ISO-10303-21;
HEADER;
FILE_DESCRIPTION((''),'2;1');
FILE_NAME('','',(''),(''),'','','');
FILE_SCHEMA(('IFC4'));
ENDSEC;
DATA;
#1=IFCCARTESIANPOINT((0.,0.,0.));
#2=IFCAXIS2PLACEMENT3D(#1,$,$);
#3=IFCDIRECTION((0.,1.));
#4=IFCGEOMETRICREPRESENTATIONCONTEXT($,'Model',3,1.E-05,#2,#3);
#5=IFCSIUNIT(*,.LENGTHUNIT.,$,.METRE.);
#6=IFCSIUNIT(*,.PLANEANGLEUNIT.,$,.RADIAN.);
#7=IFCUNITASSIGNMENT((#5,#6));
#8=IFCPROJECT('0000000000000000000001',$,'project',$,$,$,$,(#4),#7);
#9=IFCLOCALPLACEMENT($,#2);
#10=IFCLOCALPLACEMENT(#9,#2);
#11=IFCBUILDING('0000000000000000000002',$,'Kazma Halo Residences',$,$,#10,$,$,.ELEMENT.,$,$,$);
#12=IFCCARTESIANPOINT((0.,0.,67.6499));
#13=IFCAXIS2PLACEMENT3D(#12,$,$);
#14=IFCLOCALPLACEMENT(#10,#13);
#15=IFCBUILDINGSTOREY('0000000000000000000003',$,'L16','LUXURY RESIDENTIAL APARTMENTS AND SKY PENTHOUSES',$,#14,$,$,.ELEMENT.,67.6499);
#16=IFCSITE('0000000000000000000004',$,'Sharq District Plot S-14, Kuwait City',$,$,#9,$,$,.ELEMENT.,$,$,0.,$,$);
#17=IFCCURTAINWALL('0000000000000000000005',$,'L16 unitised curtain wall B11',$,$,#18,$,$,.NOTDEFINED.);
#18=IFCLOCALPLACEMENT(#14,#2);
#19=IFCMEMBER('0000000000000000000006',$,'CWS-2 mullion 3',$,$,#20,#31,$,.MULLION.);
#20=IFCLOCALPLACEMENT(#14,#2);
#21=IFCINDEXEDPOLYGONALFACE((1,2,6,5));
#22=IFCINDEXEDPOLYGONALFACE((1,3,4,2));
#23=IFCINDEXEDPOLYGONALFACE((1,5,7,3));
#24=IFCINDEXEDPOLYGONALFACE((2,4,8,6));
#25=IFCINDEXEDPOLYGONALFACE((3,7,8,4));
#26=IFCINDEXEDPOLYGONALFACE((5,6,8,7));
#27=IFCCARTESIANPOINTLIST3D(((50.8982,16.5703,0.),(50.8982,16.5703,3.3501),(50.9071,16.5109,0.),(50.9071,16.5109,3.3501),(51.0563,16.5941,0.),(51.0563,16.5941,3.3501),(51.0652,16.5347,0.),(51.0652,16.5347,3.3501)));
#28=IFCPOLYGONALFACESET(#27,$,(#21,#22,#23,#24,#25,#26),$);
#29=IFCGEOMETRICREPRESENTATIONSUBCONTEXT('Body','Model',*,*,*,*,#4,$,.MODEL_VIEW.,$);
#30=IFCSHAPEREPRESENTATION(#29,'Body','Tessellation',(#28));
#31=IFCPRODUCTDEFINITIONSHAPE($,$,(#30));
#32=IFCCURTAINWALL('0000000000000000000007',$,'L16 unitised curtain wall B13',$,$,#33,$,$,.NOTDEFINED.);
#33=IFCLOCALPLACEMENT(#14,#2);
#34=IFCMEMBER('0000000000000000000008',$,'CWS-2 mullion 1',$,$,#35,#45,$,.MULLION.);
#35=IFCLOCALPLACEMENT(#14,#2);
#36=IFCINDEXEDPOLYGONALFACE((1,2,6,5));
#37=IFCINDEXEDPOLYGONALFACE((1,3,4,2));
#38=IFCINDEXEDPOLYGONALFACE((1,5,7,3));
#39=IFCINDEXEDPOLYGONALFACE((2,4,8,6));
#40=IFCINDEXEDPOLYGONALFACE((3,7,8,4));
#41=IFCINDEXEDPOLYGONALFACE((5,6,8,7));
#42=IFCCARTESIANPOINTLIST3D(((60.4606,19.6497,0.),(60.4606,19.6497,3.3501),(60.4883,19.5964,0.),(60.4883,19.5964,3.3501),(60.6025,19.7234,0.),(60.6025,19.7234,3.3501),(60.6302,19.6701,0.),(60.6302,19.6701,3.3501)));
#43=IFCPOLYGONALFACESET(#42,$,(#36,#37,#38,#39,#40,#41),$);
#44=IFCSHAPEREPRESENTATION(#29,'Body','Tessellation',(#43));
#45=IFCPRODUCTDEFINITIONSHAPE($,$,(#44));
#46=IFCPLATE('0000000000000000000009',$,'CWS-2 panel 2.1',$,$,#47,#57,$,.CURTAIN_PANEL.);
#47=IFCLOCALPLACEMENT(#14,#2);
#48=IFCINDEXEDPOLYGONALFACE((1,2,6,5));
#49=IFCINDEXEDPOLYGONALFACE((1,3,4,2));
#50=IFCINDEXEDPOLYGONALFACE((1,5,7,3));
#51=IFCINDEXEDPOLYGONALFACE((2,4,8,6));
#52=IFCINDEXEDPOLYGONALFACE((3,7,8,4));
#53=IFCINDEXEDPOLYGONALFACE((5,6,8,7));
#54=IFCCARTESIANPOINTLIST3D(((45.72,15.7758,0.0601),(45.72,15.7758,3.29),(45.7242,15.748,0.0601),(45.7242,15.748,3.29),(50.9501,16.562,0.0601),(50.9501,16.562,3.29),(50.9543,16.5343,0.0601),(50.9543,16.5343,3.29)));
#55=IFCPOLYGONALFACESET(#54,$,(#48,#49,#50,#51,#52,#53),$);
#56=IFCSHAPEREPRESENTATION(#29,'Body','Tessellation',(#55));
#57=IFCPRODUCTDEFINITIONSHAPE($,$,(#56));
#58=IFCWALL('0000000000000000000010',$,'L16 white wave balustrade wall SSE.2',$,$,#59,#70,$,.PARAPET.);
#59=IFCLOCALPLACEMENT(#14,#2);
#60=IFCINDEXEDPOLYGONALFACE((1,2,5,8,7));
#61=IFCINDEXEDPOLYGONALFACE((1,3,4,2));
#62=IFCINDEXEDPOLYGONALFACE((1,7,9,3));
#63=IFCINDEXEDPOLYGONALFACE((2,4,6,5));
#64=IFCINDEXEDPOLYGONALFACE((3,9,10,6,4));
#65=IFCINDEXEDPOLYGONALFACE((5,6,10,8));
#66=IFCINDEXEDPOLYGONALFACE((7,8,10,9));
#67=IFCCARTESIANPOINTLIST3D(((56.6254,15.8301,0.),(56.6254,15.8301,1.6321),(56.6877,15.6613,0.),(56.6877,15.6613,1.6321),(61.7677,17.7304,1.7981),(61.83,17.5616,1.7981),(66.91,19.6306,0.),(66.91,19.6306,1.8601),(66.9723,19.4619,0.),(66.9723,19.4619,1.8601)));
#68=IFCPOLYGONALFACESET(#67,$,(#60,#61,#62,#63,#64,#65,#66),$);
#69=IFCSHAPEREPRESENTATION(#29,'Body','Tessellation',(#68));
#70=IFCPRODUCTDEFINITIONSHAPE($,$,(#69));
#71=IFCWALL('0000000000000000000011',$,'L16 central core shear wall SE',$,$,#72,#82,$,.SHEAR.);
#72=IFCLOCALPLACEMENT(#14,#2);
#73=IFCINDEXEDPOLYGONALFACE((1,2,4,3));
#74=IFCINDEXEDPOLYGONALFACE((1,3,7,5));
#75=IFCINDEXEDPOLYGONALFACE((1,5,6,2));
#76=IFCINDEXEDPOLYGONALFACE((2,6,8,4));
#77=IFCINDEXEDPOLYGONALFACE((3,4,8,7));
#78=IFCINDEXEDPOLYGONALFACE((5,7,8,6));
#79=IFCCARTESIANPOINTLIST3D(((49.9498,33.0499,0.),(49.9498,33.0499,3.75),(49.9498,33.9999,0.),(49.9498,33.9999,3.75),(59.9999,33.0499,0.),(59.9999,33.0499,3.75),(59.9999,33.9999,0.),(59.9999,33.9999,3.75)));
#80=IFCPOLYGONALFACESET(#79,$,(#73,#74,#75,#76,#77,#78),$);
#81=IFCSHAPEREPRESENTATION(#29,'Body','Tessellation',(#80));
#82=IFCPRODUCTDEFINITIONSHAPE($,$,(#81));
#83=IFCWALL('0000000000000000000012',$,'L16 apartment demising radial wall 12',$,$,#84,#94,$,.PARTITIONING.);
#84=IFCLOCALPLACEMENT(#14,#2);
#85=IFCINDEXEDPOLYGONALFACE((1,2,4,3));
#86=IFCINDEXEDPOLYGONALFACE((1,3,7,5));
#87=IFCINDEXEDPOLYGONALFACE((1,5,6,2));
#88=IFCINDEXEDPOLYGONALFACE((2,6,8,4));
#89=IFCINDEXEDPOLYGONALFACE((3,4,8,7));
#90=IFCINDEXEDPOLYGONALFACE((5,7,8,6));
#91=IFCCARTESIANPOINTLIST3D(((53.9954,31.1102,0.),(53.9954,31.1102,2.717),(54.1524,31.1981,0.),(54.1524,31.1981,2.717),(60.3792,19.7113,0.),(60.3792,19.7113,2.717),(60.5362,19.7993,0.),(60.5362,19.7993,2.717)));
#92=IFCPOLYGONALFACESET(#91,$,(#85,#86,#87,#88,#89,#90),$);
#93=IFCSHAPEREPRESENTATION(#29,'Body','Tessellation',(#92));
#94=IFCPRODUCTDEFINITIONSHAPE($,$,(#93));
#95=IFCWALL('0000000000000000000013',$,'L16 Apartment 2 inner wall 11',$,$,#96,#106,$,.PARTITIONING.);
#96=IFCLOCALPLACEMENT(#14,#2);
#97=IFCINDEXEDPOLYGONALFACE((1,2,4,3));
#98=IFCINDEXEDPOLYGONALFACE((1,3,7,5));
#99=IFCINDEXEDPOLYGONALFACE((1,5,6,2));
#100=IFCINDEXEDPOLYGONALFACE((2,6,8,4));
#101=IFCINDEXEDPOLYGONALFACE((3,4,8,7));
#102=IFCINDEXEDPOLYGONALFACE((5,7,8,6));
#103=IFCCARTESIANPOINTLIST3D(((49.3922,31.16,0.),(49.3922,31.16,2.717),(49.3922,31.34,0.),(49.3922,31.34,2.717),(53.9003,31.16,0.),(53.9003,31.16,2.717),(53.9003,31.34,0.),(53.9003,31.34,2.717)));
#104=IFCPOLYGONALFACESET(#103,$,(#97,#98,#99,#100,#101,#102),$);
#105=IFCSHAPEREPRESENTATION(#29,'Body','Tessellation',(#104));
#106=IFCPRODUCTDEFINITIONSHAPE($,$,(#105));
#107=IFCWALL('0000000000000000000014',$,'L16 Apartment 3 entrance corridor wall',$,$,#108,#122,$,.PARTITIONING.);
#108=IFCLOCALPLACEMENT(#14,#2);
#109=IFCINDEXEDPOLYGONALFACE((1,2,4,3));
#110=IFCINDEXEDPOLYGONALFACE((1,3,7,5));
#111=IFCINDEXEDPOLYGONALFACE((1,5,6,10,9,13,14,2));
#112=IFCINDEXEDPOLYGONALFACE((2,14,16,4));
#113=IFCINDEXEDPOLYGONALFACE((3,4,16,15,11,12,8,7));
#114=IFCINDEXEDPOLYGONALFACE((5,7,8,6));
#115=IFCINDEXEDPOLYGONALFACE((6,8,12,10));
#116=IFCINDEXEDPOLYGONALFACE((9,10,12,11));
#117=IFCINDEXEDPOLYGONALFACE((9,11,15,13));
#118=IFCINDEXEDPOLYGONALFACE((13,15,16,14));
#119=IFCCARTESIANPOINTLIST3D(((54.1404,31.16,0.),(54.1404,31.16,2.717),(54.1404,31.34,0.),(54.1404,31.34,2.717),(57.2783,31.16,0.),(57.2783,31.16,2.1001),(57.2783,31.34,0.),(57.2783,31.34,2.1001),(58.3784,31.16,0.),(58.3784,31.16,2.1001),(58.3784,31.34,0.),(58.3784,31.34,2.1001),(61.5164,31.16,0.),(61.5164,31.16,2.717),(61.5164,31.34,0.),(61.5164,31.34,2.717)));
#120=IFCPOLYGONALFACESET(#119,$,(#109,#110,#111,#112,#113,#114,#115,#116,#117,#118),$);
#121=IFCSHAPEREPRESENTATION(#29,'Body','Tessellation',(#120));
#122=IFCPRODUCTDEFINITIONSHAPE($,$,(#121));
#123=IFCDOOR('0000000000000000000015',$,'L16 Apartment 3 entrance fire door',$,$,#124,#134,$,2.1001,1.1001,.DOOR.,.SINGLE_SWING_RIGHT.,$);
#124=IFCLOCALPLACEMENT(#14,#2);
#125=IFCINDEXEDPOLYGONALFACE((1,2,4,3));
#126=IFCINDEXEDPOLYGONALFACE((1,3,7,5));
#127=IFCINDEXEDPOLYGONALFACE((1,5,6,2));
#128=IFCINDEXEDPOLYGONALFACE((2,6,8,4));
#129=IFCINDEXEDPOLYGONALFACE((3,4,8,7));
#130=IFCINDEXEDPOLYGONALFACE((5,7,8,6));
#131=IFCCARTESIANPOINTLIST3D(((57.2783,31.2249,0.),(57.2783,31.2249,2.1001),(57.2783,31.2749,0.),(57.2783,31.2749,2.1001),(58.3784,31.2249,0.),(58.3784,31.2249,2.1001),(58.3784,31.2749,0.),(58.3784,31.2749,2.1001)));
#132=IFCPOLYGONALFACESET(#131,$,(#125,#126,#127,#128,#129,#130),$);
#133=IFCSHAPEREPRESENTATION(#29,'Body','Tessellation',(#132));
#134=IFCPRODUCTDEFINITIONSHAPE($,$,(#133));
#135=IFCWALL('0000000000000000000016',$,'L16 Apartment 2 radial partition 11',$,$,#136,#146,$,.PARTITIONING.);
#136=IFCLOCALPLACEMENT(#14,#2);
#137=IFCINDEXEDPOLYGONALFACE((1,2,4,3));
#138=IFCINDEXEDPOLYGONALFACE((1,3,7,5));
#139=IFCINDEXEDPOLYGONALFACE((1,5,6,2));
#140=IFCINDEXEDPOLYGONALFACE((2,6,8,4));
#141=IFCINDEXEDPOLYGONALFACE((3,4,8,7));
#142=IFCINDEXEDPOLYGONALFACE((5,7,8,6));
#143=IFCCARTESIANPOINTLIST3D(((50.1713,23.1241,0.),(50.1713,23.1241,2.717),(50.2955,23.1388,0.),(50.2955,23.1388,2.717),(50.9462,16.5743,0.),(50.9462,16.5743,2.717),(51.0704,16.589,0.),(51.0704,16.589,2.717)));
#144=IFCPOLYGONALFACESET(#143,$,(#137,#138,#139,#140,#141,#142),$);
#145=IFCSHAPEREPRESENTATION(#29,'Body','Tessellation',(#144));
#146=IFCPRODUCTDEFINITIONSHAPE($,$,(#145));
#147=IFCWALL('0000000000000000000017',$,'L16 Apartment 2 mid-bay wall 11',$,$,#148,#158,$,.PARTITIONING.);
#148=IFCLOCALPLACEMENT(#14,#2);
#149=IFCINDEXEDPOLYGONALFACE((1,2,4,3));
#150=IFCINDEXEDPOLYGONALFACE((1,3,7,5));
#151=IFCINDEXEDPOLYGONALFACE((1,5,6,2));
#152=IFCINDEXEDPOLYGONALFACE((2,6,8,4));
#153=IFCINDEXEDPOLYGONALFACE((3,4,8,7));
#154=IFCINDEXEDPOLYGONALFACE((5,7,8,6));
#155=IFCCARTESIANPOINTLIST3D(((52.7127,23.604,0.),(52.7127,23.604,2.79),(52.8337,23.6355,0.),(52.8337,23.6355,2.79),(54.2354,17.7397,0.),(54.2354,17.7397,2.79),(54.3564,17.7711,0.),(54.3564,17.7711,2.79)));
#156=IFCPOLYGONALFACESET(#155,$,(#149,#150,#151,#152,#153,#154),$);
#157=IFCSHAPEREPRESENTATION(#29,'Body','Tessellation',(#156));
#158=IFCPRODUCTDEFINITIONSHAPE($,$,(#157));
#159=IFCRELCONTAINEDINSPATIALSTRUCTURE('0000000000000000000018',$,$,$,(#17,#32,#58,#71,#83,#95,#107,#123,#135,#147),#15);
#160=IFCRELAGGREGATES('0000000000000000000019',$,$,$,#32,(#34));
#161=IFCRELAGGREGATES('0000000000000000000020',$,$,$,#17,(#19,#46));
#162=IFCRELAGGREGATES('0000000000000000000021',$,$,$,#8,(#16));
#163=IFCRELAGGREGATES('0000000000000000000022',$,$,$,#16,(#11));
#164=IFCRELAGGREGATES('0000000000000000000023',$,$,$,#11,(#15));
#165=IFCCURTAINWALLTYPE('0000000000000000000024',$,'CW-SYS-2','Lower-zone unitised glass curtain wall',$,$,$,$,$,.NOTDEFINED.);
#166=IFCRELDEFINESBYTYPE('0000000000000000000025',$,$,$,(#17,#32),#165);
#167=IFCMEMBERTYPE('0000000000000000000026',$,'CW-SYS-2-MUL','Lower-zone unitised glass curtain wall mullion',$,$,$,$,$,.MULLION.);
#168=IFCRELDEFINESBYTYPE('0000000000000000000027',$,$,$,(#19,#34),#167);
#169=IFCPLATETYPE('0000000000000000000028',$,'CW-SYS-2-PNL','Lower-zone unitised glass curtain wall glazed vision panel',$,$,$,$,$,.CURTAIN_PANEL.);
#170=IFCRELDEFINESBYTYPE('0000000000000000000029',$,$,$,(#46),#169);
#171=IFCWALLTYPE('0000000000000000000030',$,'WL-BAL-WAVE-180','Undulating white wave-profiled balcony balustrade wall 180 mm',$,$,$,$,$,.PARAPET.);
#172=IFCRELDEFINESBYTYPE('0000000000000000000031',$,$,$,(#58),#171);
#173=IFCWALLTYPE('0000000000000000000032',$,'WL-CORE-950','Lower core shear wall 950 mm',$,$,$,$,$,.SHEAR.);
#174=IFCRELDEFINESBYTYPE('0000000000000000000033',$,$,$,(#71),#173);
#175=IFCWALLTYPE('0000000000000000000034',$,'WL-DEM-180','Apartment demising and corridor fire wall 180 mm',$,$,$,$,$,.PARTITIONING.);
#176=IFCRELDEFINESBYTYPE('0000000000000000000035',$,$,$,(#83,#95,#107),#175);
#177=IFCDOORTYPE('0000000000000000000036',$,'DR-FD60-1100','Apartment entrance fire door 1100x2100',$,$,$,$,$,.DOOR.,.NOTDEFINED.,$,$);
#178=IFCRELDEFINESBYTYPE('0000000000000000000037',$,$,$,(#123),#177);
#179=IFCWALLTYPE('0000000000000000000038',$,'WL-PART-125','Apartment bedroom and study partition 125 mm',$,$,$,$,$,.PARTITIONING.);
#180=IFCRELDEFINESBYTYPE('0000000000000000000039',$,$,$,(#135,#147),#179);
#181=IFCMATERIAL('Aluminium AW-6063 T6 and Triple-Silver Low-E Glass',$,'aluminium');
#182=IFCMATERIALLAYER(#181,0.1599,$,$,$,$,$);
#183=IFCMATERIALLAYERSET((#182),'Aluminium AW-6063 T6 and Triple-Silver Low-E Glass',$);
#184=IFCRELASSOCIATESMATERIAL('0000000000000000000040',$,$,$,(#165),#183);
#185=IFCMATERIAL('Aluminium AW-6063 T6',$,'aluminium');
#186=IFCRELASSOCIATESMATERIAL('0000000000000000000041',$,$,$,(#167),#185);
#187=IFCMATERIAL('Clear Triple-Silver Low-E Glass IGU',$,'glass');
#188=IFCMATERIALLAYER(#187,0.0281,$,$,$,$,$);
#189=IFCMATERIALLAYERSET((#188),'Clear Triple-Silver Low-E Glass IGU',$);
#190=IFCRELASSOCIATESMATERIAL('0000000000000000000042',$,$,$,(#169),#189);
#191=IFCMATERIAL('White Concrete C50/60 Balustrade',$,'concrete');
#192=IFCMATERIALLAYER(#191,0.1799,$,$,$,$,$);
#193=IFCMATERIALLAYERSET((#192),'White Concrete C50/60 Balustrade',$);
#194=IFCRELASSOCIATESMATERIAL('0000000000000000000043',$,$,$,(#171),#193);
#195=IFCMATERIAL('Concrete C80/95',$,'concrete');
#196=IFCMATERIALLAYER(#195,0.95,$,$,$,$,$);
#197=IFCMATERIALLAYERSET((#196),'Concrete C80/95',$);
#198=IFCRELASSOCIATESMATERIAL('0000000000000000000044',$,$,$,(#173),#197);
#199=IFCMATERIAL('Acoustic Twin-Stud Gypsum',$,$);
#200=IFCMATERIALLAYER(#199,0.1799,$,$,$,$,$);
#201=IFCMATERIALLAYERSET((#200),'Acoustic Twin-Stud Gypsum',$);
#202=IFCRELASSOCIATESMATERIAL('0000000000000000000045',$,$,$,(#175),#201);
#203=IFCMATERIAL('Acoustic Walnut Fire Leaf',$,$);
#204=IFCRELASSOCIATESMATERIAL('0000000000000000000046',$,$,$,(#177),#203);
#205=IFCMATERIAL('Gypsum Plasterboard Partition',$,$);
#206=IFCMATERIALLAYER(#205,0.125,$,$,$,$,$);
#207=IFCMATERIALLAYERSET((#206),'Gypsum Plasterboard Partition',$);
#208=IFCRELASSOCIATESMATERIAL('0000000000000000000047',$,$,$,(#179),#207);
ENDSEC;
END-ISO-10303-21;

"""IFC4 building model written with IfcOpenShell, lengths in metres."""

from ifc_helpers import new_model, si_unit, direction, frame, frame_2d, origin, origin_2d, place, context, subcontext, project, spatial, polyline, rectangle, outline, extrude, material, layer, layer_set, material_profile, profile_set, type_object, element, fill, aggregate, save


model = new_model("IFC4")

# Units and contexts
model_context = context("Model", 3, precision=1e-05, world=origin(), true_north=direction((0.0, 1.0)))
body_context = subcontext(model_context, "Body", "Model", "MODEL_VIEW")
ifc_project = project(units=[si_unit("LENGTHUNIT", "METRE"), si_unit("PLANEANGLEUNIT", "RADIAN")], contexts=[model_context])

# Site, building, storey
site_placement = place(None, origin())
site = spatial("IfcSite", under=ifc_project, at=site_placement, Name="Sharq District Plot S-14, Kuwait City", CompositionType="ELEMENT", RefElevation=0.0)
building_placement = place(site_placement, origin())
building = spatial("IfcBuilding", under=site, at=building_placement, Name="Kazma Halo Residences", CompositionType="ELEMENT")
storey_placement = place(building_placement, frame((0.0, 0.0, 67.6499)))
storey = spatial("IfcBuildingStorey", under=building, at=storey_placement, Name="L16", Description="LUXURY RESIDENTIAL APARTMENTS AND SKY PENTHOUSES", CompositionType="ELEMENT", Elevation=67.6499)

# Shared definitions
ifc_material_1 = material(Name="Concrete C80/95", Category="concrete")

# Curtain walls, members
ifc_material_2 = material(Name="Aluminium AW-6063 T6 and Triple-Silver Low-E Glass", Category="aluminium")
ifc_layer_1 = layer(ifc_material_2, 0.1599)
ifc_layer_set_1 = layer_set([ifc_layer_1], Name="Aluminium AW-6063 T6 and Triple-Silver Low-E Glass")
curtain_wall_type = type_object("IfcCurtainWallType", Name="CW-SYS-2", Description="Lower-zone unitised glass curtain wall", PredefinedType="NOTDEFINED", material=ifc_layer_set_1)
curtain_wall_1_placement = place(storey_placement, origin())
curtain_wall_1 = element("IfcCurtainWall", 1, at=curtain_wall_1_placement, inside=storey, type_object=curtain_wall_type, Name="L16 unitised curtain wall B11", PredefinedType="NOTDEFINED")
ifc_material_3 = material(Name="Aluminium AW-6063 T6", Category="aluminium")
ifc_material_profile_1 = material_profile(ifc_material_3, rectangle(XDim=0.0601, YDim=0.1599, at=origin_2d()), Name="CWM-60x160")
ifc_profile_set_1 = profile_set([ifc_material_profile_1], Name="Aluminium AW-6063 T6")
member_type = type_object("IfcMemberType", Name="CW-SYS-2-MUL", Description="Lower-zone unitised glass curtain wall mullion", PredefinedType="MULLION", material=ifc_profile_set_1)
member_1_placement = place(storey_placement, frame((50.9817, 16.5525, 0.0), z_axis=(0.0, 0.0, 1.0), x_axis=(-0.148657, 0.988889, 0.0)))
member_1 = element("IfcMember", 2, at=member_1_placement, type_object=member_type, Name="CWS-2 mullion 3", PredefinedType="MULLION", context=body_context, shape_type="SweptSolid", body=[
    extrude(rectangle(XDim=0.0601, YDim=0.1599, at=origin_2d()), origin(), (0.0, 0.0, 1.0), 3.3501),
])
curtain_wall_2_placement = place(storey_placement, origin())
curtain_wall_2 = element("IfcCurtainWall", 3, at=curtain_wall_2_placement, inside=storey, type_object=curtain_wall_type, Name="L16 unitised curtain wall B13", PredefinedType="NOTDEFINED")
member_2_placement = place(storey_placement, frame((60.5454, 19.6599, 0.0), z_axis=(0.0, 0.0, 1.0), x_axis=(-0.460996, 0.887402, 0.0)))
member_2 = element("IfcMember", 4, at=member_2_placement, type_object=member_type, Name="CWS-2 mullion 1", PredefinedType="MULLION", context=body_context, shape_type="SweptSolid", body=[
    extrude(rectangle(XDim=0.0601, YDim=0.1599, at=origin_2d()), origin(), (0.0, 0.0, 1.0), 3.3501),
])
aggregate(curtain_wall_2, [member_2])

# Plate
ifc_material_4 = material(Name="Clear Triple-Silver Low-E Glass IGU", Category="glass")
ifc_layer_2 = layer(ifc_material_4, 0.0281)
ifc_layer_set_2 = layer_set([ifc_layer_2], Name="Clear Triple-Silver Low-E Glass IGU")
plate_type = type_object("IfcPlateType", Name="CW-SYS-2-PNL", Description="Lower-zone unitised glass curtain wall glazed vision panel", PredefinedType="CURTAIN_PANEL", material=ifc_layer_set_2)
plate_placement = place(storey_placement, frame((48.3372, 16.155, 0.0601), z_axis=(0.0, 0.0, 1.0), x_axis=(0.988889, 0.148657, 0.0)))
plate = element("IfcPlate", 5, at=plate_placement, type_object=plate_type, Name="CWS-2 panel 2.1", PredefinedType="CURTAIN_PANEL", context=body_context, shape_type="SweptSolid", body=[
    extrude(rectangle(XDim=5.2888, YDim=0.0281, at=origin_2d()), origin(), (0.0, 0.0, 1.0), 3.23),
])
aggregate(curtain_wall_1, [member_1, plate])

# Walls
ifc_material_5 = material(Name="White Concrete C50/60 Balustrade", Category="concrete")
ifc_layer_3 = layer(ifc_material_5, 0.1799)
ifc_layer_set_3 = layer_set([ifc_layer_3], Name="White Concrete C50/60 Balustrade")
wall_type_1 = type_object("IfcWallType", Name="WL-BAL-WAVE-180", Description="Undulating white wave-profiled balcony balustrade wall 180 mm", PredefinedType="PARAPET", material=ifc_layer_set_3)
wall_1_placement = place(storey_placement, frame((56.6565, 15.7458, 0.0), z_axis=(0.0, 0.0, 1.0), x_axis=(0.938004, 0.346625, 0.0)))
element("IfcWall", 6, at=wall_1_placement, inside=storey, type_object=wall_type_1, Name="L16 white wave balustrade wall SSE.2", PredefinedType="PARAPET", context=body_context, shape_type="SweptSolid", body=[
    extrude(outline(polyline([(0.0, 0.0), (10.9644, 0.0), (10.9644, 1.8601), (5.4822, 1.7981), (0.0, 1.6321), (0.0, 0.0)])), frame((0.0, 0.0898, 0.0), z_axis=(0.0, -1.0, 0.0), x_axis=(1.0, 0.0, 0.0)), (0.0, 0.0, 1.0), 0.1799),
])
ifc_layer_4 = layer(ifc_material_1, 0.95)
ifc_layer_set_4 = layer_set([ifc_layer_4], Name="Concrete C80/95")
wall_type_2 = type_object("IfcWallType", Name="WL-CORE-950", Description="Lower core shear wall 950 mm", PredefinedType="SHEAR", material=ifc_layer_set_4)
wall_2_placement = place(storey_placement, frame((49.95, 33.5249, 0.0), z_axis=(0.0, 0.0, 1.0), x_axis=(1.0, 0.0, 0.0)))
element("IfcWall", 7, at=wall_2_placement, inside=storey, type_object=wall_type_2, Name="L16 central core shear wall SE", PredefinedType="SHEAR", context=body_context, shape_type="SweptSolid", body=[
    extrude(rectangle(XDim=10.05, YDim=0.95, at=frame_2d((5.0249, 0.0))), origin(), (0.0, 0.0, 1.0), 3.75),
])
ifc_material_6 = material(Name="Acoustic Twin-Stud Gypsum")
ifc_layer_5 = layer(ifc_material_6, 0.1799)
ifc_layer_set_5 = layer_set([ifc_layer_5], Name="Acoustic Twin-Stud Gypsum")
wall_type_3 = type_object("IfcWallType", Name="WL-DEM-180", Description="Apartment demising and corridor fire wall 180 mm", PredefinedType="PARTITIONING", material=ifc_layer_set_5)
wall_3_placement = place(storey_placement, frame((54.074, 31.1541, 0.0), z_axis=(0.0, 0.0, 1.0), x_axis=(0.488626, -0.872493, 0.0)))
element("IfcWall", 8, at=wall_3_placement, inside=storey, type_object=wall_type_3, Name="L16 apartment demising radial wall 12", PredefinedType="PARTITIONING", context=body_context, shape_type="SweptSolid", body=[
    extrude(rectangle(XDim=13.0647, YDim=0.1799, at=frame_2d((6.5322, 0.0))), origin(), (0.0, 0.0, 1.0), 2.717),
])
wall_4_placement = place(storey_placement, frame((49.3923, 31.25, 0.0), z_axis=(0.0, 0.0, 1.0), x_axis=(1.0, 0.0, 0.0)))
element("IfcWall", 9, at=wall_4_placement, inside=storey, type_object=wall_type_3, Name="L16 Apartment 2 inner wall 11", PredefinedType="PARTITIONING", context=body_context, shape_type="SweptSolid", body=[
    extrude(rectangle(XDim=4.5081, YDim=0.1799, at=frame_2d((2.2539, 0.0))), origin(), (0.0, 0.0, 1.0), 2.717),
])

# Wall, opening, door
wall_5_placement = place(storey_placement, frame((54.1404, 31.25, 0.0), z_axis=(0.0, 0.0, 1.0), x_axis=(1.0, 0.0, 0.0)))
wall_5 = element("IfcWall", 10, at=wall_5_placement, inside=storey, type_object=wall_type_3, Name="L16 Apartment 3 entrance corridor wall", PredefinedType="PARTITIONING", context=body_context, shape_type="SweptSolid", body=[
    extrude(rectangle(XDim=7.376, YDim=0.1799, at=frame_2d((3.688, 0.0))), origin(), (0.0, 0.0, 1.0), 2.717),
])
opening_1_placement = place(wall_5_placement, frame((3.1379, 0.0, 0.0)))
opening_1 = element("IfcOpeningElement", 11, at=opening_1_placement, cuts=wall_5, PredefinedType="OPENING", context=body_context, shape_type="SweptSolid", body=[
    extrude(rectangle(XDim=1.1001, YDim=2.1001, at=frame_2d((0.55, 1.05))), frame((0.0, 0.0999, 0.0), z_axis=(0.0, -1.0, 0.0), x_axis=(1.0, 0.0, 0.0)), (0.0, 0.0, 1.0), 0.2),
])
ifc_material_7 = material(Name="Acoustic Walnut Fire Leaf")
door_type_1 = type_object("IfcDoorType", Name="DR-FD60-1100", Description="Apartment entrance fire door 1100x2100", OperationType="NOTDEFINED", PredefinedType="DOOR", material=ifc_material_7)
door_1_placement = place(opening_1_placement, origin())
door_1 = element("IfcDoor", 12, at=door_1_placement, inside=storey, type_object=door_type_1, Name="L16 Apartment 3 entrance fire door", OperationType="SINGLE_SWING_RIGHT", OverallHeight=2.1001, OverallWidth=1.1001, PredefinedType="DOOR", context=body_context, shape_type="SweptSolid", body=[
    extrude(rectangle(XDim=1.1001, YDim=2.1001, at=frame_2d((0.55, 1.05))), frame((0.0, 0.0249, 0.0), z_axis=(0.0, -1.0, 0.0), x_axis=(1.0, 0.0, 0.0)), (0.0, 0.0, 1.0), 0.05),
])
fill(opening_1, door_1)

# Walls
ifc_material_8 = material(Name="Gypsum Plasterboard Partition")
ifc_layer_6 = layer(ifc_material_8, 0.125)
ifc_layer_set_6 = layer_set([ifc_layer_6], Name="Gypsum Plasterboard Partition")
wall_type_4 = type_object("IfcWallType", Name="WL-PART-125", Description="Apartment bedroom and study partition 125 mm", PredefinedType="PARTITIONING", material=ifc_layer_set_6)
wall_6_placement = place(storey_placement, frame((50.2334, 23.1316, 0.0), z_axis=(0.0, 0.0, 1.0), x_axis=(0.11749, -0.993074, 0.0)))
element("IfcWall", 13, at=wall_6_placement, inside=storey, type_object=wall_type_4, Name="L16 Apartment 2 radial partition 11", PredefinedType="PARTITIONING", context=body_context, shape_type="SweptSolid", body=[
    extrude(rectangle(XDim=6.5955, YDim=0.125, at=frame_2d((3.2979, 0.0))), origin(), (0.0, 0.0, 1.0), 2.717),
])
wall_7_placement = place(storey_placement, frame((52.7732, 23.6196, 0.0), z_axis=(0.0, 0.0, 1.0), x_axis=(0.251324, -0.967903, 0.0)))
element("IfcWall", 14, at=wall_7_placement, inside=storey, type_object=wall_type_4, Name="L16 Apartment 2 mid-bay wall 11", PredefinedType="PARTITIONING", context=body_context, shape_type="SweptSolid", body=[
    extrude(rectangle(XDim=6.0588, YDim=0.125, at=frame_2d((3.0293, 0.0))), origin(), (0.0, 0.0, 1.0), 2.79),
])

save(model, "model.ifc")
